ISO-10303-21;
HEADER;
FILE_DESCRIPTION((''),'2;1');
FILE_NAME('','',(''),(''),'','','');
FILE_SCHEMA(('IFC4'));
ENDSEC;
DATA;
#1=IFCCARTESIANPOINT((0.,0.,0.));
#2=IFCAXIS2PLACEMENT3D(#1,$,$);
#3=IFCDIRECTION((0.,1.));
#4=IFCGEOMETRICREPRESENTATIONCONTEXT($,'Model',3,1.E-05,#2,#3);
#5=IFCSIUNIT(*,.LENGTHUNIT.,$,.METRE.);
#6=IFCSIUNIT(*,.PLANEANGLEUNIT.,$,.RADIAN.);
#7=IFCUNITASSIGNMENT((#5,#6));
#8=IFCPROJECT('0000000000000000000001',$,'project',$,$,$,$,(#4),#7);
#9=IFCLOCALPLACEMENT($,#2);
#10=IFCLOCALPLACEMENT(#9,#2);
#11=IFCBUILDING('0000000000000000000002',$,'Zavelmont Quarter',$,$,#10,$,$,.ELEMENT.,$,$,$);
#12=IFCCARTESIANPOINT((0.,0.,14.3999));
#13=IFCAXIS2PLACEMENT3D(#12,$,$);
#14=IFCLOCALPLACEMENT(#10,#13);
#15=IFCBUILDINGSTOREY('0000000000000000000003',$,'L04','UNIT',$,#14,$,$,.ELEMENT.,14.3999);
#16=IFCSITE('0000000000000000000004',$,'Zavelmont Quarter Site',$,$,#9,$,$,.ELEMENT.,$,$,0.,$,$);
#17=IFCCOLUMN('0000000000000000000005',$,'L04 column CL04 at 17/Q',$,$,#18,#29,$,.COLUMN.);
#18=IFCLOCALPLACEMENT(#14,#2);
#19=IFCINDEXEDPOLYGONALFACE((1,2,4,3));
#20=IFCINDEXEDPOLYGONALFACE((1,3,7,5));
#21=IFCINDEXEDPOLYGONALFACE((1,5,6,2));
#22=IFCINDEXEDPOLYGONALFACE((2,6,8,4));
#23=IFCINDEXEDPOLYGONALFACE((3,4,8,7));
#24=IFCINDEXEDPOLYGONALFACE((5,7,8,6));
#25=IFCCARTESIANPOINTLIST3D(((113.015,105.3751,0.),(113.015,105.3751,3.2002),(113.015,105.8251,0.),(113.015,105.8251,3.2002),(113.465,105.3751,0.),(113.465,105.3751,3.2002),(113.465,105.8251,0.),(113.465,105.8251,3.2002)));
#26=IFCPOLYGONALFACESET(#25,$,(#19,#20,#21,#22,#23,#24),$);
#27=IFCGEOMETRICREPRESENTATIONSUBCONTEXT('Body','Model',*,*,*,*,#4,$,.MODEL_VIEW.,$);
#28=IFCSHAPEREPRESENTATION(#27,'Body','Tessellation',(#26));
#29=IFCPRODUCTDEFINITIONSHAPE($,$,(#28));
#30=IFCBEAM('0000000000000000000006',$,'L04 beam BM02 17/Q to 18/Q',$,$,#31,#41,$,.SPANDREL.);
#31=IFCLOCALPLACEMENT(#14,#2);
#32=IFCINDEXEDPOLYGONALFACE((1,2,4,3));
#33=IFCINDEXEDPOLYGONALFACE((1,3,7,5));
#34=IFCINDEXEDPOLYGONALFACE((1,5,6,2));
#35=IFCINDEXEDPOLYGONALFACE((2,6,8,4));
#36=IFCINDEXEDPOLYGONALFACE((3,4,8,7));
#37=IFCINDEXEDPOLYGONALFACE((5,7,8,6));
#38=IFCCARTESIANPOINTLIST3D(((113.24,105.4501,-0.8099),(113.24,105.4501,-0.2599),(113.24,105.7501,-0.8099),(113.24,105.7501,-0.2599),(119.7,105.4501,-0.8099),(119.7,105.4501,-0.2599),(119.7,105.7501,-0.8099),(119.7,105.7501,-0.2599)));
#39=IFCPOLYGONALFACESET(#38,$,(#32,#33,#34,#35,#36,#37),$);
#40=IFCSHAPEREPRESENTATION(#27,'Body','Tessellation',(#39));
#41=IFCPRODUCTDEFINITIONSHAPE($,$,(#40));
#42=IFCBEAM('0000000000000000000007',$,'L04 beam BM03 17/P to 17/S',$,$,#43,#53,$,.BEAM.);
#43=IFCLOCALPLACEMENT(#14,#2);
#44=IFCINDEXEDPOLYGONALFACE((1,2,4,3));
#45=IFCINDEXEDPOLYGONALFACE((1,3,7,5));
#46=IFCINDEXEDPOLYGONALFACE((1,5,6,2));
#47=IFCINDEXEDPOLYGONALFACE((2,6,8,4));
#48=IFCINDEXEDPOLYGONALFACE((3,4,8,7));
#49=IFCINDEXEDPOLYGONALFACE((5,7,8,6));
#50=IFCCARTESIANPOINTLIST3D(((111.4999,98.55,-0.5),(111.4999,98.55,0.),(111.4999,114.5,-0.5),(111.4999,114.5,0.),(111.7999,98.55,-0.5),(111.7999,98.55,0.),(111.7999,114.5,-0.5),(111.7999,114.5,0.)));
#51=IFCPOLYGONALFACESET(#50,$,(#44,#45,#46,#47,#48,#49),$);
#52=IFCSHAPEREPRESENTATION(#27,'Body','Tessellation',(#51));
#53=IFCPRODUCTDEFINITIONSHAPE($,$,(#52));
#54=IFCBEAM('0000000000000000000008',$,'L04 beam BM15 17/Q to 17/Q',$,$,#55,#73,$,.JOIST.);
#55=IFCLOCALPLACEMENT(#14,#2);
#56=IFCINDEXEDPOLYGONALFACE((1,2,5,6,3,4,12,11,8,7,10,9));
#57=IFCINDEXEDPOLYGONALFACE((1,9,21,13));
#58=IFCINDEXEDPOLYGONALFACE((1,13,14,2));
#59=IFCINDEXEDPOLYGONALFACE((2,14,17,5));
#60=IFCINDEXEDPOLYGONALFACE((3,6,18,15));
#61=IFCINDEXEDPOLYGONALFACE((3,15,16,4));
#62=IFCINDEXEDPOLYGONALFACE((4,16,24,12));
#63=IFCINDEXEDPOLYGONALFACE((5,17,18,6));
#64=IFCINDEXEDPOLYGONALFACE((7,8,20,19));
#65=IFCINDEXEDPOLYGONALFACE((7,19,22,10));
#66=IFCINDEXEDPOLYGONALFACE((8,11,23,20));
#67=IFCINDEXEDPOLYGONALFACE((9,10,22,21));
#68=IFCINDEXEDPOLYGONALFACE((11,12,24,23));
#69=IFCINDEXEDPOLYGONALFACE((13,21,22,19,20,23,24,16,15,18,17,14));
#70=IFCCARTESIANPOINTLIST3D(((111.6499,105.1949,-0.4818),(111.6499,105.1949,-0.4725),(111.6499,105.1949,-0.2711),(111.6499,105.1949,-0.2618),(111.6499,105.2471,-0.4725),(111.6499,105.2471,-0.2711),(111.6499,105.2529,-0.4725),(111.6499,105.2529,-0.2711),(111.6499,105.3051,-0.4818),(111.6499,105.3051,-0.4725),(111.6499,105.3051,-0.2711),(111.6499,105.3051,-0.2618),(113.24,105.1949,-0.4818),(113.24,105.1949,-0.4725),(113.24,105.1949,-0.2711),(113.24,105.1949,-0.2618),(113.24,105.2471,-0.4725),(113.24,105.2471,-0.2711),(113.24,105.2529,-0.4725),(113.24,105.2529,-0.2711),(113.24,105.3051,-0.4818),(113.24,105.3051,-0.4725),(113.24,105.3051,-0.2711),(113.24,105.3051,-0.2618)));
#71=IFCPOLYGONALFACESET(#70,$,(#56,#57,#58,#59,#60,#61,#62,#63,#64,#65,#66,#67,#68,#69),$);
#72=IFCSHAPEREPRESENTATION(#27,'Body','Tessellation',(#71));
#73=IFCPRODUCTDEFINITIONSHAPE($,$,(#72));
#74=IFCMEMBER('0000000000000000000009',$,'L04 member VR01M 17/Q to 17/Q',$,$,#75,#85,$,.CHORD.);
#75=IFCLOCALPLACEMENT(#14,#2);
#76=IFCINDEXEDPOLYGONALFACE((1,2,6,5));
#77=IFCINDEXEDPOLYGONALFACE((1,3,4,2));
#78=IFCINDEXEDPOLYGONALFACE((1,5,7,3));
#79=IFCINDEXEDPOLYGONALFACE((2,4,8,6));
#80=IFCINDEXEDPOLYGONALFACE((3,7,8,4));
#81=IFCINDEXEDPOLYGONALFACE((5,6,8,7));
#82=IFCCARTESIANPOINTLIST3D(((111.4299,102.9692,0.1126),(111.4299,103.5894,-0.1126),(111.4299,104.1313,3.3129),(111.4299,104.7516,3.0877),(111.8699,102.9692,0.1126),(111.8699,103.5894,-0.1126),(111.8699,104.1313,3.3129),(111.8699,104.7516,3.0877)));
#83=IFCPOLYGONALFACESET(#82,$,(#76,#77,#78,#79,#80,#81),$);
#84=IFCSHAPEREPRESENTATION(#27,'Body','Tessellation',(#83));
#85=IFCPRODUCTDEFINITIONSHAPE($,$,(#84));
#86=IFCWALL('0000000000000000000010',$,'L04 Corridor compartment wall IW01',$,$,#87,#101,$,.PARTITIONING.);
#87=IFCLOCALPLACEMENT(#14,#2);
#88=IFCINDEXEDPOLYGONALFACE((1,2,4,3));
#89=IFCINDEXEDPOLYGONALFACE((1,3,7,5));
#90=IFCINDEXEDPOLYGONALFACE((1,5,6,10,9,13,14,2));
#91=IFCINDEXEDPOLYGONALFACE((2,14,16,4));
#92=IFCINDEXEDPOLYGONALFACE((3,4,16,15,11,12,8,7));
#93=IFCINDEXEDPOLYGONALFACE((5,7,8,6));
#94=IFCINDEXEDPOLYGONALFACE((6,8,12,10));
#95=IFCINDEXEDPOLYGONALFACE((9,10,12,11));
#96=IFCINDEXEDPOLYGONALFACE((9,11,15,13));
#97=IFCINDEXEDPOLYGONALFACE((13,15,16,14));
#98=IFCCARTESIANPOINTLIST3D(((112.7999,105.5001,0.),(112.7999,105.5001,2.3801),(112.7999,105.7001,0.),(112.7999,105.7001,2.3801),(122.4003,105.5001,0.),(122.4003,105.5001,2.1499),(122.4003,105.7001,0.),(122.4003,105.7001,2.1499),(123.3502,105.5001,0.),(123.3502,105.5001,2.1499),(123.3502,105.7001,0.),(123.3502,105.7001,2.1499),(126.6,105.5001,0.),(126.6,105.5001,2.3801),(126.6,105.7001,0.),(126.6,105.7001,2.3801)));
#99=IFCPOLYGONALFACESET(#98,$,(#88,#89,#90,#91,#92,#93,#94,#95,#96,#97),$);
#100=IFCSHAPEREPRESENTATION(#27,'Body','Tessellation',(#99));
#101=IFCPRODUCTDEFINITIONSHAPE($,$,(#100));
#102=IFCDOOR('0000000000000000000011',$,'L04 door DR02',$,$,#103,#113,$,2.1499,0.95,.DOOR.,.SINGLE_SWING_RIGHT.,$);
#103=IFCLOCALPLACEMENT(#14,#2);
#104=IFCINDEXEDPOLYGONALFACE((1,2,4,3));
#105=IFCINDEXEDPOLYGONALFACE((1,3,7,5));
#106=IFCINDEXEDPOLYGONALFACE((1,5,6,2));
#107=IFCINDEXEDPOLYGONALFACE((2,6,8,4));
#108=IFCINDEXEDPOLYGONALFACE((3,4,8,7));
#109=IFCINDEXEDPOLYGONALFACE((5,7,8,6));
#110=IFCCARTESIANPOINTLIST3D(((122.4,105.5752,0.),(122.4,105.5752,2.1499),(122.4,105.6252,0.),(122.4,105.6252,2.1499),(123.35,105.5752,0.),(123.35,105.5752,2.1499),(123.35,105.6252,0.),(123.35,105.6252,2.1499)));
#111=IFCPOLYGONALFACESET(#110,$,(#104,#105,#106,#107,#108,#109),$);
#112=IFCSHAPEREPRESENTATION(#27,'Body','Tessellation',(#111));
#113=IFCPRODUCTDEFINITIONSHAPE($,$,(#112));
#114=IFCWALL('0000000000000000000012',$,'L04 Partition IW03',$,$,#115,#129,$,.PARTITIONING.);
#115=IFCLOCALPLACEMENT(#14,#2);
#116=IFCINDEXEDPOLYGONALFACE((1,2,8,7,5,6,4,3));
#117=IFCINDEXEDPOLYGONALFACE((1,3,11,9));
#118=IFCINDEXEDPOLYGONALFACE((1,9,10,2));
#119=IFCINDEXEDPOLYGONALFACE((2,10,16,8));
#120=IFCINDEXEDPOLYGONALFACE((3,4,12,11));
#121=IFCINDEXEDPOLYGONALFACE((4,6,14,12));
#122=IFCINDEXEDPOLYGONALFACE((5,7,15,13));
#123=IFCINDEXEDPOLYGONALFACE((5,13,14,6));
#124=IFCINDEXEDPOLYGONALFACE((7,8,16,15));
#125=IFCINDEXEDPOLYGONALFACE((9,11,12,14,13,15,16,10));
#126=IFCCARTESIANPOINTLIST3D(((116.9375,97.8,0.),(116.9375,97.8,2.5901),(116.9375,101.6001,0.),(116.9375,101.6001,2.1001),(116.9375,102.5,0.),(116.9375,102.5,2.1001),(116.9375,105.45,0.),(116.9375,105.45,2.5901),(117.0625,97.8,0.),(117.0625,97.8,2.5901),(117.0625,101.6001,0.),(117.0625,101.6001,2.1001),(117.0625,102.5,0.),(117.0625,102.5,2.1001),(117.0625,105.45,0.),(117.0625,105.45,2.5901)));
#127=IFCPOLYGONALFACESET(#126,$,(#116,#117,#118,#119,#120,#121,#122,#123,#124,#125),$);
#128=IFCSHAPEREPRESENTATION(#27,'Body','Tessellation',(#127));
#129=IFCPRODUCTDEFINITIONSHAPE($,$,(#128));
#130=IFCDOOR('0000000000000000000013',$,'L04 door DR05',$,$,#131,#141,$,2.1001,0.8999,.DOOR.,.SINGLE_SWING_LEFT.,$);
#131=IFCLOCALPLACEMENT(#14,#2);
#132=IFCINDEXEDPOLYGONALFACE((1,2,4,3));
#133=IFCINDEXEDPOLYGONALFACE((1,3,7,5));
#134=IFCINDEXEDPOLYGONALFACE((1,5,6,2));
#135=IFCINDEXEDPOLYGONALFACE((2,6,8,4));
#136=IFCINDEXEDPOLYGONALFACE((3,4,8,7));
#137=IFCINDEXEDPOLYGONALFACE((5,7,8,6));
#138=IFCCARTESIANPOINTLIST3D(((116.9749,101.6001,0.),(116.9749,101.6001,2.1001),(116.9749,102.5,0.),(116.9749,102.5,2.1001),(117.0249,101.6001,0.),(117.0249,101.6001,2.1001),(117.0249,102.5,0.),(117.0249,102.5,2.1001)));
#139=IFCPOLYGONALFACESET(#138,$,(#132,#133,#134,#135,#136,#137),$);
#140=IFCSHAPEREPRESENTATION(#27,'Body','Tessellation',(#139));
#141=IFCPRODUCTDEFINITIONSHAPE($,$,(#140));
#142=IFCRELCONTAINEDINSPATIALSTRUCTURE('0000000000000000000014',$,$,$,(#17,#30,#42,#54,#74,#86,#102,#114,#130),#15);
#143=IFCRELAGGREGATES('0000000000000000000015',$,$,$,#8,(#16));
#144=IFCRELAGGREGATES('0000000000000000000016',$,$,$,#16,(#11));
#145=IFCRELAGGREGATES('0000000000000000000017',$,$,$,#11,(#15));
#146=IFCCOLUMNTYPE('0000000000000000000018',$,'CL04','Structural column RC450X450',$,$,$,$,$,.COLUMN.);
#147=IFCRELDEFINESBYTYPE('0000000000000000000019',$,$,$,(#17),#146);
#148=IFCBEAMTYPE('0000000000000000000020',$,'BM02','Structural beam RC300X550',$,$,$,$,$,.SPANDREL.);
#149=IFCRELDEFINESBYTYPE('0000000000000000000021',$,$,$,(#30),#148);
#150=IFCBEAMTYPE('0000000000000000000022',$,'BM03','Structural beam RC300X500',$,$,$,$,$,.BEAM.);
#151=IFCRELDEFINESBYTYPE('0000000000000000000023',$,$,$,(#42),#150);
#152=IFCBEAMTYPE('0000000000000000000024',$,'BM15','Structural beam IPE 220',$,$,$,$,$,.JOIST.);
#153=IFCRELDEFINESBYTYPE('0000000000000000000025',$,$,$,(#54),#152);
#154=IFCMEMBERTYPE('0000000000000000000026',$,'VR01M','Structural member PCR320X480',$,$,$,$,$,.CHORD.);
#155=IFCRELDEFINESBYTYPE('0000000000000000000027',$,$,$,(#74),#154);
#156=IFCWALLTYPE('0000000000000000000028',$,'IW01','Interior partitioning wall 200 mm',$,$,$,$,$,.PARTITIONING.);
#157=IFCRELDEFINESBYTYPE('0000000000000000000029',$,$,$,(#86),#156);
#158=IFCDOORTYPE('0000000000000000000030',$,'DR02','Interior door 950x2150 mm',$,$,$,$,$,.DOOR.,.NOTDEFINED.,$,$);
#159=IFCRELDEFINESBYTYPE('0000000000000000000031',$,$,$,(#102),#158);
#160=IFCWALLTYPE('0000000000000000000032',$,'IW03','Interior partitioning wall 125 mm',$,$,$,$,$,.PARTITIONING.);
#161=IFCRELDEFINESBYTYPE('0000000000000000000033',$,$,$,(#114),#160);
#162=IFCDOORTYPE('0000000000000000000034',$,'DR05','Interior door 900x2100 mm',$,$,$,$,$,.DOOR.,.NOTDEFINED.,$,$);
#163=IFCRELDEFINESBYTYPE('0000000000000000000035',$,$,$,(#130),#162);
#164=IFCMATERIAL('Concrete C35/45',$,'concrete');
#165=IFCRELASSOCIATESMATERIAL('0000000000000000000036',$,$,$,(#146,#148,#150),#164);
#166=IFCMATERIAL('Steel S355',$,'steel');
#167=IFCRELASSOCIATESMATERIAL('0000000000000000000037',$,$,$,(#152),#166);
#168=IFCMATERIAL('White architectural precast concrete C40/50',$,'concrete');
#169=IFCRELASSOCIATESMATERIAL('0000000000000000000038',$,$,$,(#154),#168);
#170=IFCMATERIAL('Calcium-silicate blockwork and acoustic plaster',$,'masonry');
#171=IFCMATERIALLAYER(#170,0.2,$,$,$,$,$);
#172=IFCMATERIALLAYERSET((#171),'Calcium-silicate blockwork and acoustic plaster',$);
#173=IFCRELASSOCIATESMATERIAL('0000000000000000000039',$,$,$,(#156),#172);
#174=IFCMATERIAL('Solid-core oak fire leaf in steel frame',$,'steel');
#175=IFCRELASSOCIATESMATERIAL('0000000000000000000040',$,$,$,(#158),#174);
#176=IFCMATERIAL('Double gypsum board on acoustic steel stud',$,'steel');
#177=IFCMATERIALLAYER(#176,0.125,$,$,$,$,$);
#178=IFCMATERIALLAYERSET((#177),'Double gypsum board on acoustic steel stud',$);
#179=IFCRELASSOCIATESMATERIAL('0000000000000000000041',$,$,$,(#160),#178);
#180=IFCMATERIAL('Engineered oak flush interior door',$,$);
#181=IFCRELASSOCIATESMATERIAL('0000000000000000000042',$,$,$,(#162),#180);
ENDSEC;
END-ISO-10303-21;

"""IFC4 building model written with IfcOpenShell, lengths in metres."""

from ifc_helpers import new_model, si_unit, direction, frame, frame_2d, origin, origin_with_axes, origin_2d, place, context, subcontext, project, spatial, rectangle, i_section, extrude, material, layer, layer_set, material_profile, profile_set, type_object, element, fill, save


model = new_model("IFC4")

# Units and contexts
model_context = context("Model", 3, precision=1e-05, world=origin(), true_north=direction((0.0, 1.0)))
body_context = subcontext(model_context, "Body", "Model", "MODEL_VIEW")
ifc_project = project(units=[si_unit("LENGTHUNIT", "METRE"), si_unit("PLANEANGLEUNIT", "RADIAN")], contexts=[model_context])

# Site, building, storey
site_placement = place(None, origin())
site = spatial("IfcSite", under=ifc_project, at=site_placement, Name="Zavelmont Quarter Site", CompositionType="ELEMENT", RefElevation=0.0)
building_placement = place(site_placement, origin())
building = spatial("IfcBuilding", under=site, at=building_placement, Name="Zavelmont Quarter", CompositionType="ELEMENT")
storey_placement = place(building_placement, frame((0.0, 0.0, 14.3999)))
storey = spatial("IfcBuildingStorey", under=building, at=storey_placement, Name="L04", Description="UNIT", CompositionType="ELEMENT", Elevation=14.3999)

# Column
ifc_material_1 = material(Name="Concrete C35/45", Category="concrete")
ifc_material_profile_1 = material_profile(ifc_material_1, rectangle(XDim=0.45, YDim=0.45, at=origin_2d()), Name="RC450X450")
ifc_profile_set_1 = profile_set([ifc_material_profile_1], Name="Concrete C35/45")
column_type = type_object("IfcColumnType", Name="CL04", Description="Structural column RC450X450", PredefinedType="COLUMN", material=ifc_profile_set_1)
column_placement = place(storey_placement, frame((113.24, 105.6001, 0.0), z_axis=(0.0, 0.0, 1.0), x_axis=(1.0, 0.0, 0.0)))
element("IfcColumn", 1, at=column_placement, inside=storey, type_object=column_type, Name="L04 column CL04 at 17/Q", PredefinedType="COLUMN", context=body_context, shape_type="SweptSolid", body=[
    extrude(rectangle(XDim=0.45, YDim=0.45, at=origin_2d()), origin(), (0.0, 0.0, 1.0), 3.2002),
])

# Beams
ifc_material_profile_2 = material_profile(ifc_material_1, rectangle(XDim=0.3, YDim=0.55, at=origin_2d()), Name="RC300X550")
ifc_profile_set_2 = profile_set([ifc_material_profile_2], Name="Concrete C35/45")
beam_type_1 = type_object("IfcBeamType", Name="BM02", Description="Structural beam RC300X550", PredefinedType="SPANDREL", material=ifc_profile_set_2)
beam_1_placement = place(storey_placement, frame((113.24, 105.6001, -0.5349), z_axis=(1.0, 0.0, 0.0), x_axis=(0.0, 1.0, 0.0)))
element("IfcBeam", 2, at=beam_1_placement, inside=storey, type_object=beam_type_1, Name="L04 beam BM02 17/Q to 18/Q", PredefinedType="SPANDREL", context=body_context, shape_type="SweptSolid", body=[
    extrude(rectangle(XDim=0.3, YDim=0.55, at=origin_2d()), origin(), (0.0, 0.0, 1.0), 6.46),
])
ifc_material_profile_3 = material_profile(ifc_material_1, rectangle(XDim=0.3, YDim=0.5, at=origin_2d()), Name="RC300X500")
ifc_profile_set_3 = profile_set([ifc_material_profile_3], Name="Concrete C35/45")
beam_type_2 = type_object("IfcBeamType", Name="BM03", Description="Structural beam RC300X500", PredefinedType="BEAM", material=ifc_profile_set_3)
beam_2_placement = place(storey_placement, frame((111.6499, 98.55, -0.25), z_axis=(0.0, 1.0, 0.0), x_axis=(-1.0, 0.0, 0.0)))
element("IfcBeam", 3, at=beam_2_placement, inside=storey, type_object=beam_type_2, Name="L04 beam BM03 17/P to 17/S", PredefinedType="BEAM", context=body_context, shape_type="SweptSolid", body=[
    extrude(rectangle(XDim=0.3, YDim=0.5, at=origin_2d()), origin(), (0.0, 0.0, 1.0), 15.95),
])
ifc_material_2 = material(Name="Steel S355", Category="steel")
ifc_material_profile_4 = material_profile(ifc_material_2, i_section(OverallWidth=0.1101, OverallDepth=0.22, WebThickness=0.0059, FlangeThickness=0.0093, at=origin_2d()), Name="IPE 220")
ifc_profile_set_4 = profile_set([ifc_material_profile_4], Name="Steel S355")
beam_type_3 = type_object("IfcBeamType", Name="BM15", Description="Structural beam IPE 220", PredefinedType="JOIST", material=ifc_profile_set_4)
beam_3_placement = place(storey_placement, frame((113.24, 105.25, -0.3718), z_axis=(-1.0, 0.0, 0.0), x_axis=(0.0, -1.0, 0.0)))
element("IfcBeam", 4, at=beam_3_placement, inside=storey, type_object=beam_type_3, Name="L04 beam BM15 17/Q to 17/Q", PredefinedType="JOIST", context=body_context, shape_type="SweptSolid", body=[
    extrude(i_section(OverallWidth=0.1101, OverallDepth=0.22, WebThickness=0.0059, FlangeThickness=0.0093, at=origin_2d()), origin(), (0.0, 0.0, 1.0), 1.5901),
])

# Member
ifc_material_3 = material(Name="White architectural precast concrete C40/50", Category="concrete")
ifc_material_profile_5 = material_profile(ifc_material_3, rectangle(XDim=0.4399, YDim=0.6599, at=origin_2d()), Name="PCR320X480")
ifc_profile_set_5 = profile_set([ifc_material_profile_5], Name="White architectural precast concrete C40/50")
member_type = type_object("IfcMemberType", Name="VR01M", Description="Structural member PCR320X480", PredefinedType="CHORD", material=ifc_profile_set_5)
member_placement = place(storey_placement, frame((111.6499, 103.2793, 0.0), z_axis=(0.0, 0.341328, 0.939944), x_axis=(-1.0, 0.0, 0.0)))
element("IfcMember", 5, at=member_placement, inside=storey, type_object=member_type, Name="L04 member VR01M 17/Q to 17/Q", PredefinedType="CHORD", context=body_context, shape_type="SweptSolid", body=[
    extrude(rectangle(XDim=0.4399, YDim=0.6599, at=origin_2d()), origin(), (0.0, 0.0, 1.0), 3.4048),
])

# Walls, openings, doors
ifc_material_4 = material(Name="Calcium-silicate blockwork and acoustic plaster", Category="masonry")
ifc_layer_1 = layer(ifc_material_4, 0.2)
ifc_layer_set_1 = layer_set([ifc_layer_1], Name="Calcium-silicate blockwork and acoustic plaster")
wall_type_1 = type_object("IfcWallType", Name="IW01", Description="Interior partitioning wall 200 mm", PredefinedType="PARTITIONING", material=ifc_layer_set_1)
wall_1_placement = place(storey_placement, frame((112.8, 105.6001, 0.0), z_axis=(0.0, 0.0, 1.0), x_axis=(1.0, 0.0, 0.0)))
wall_1 = element("IfcWall", 6, at=wall_1_placement, inside=storey, type_object=wall_type_1, Name="L04 Corridor compartment wall IW01", PredefinedType="PARTITIONING", context=body_context, shape_type="SweptSolid", body=[
    extrude(rectangle(XDim=13.8, YDim=0.2, at=frame_2d((6.8999, 0.0))), origin(), (0.0, 0.0, 1.0), 2.3801),
])
opening_1_placement = place(wall_1_placement, frame((9.6001, 0.0, 0.0)))
opening_1 = element("IfcOpeningElement", 7, at=opening_1_placement, cuts=wall_1, PredefinedType="OPENING", context=body_context, shape_type="SweptSolid", body=[
    extrude(rectangle(XDim=0.95, YDim=2.1499, at=frame_2d((0.4751, 1.075))), frame((0.0, 0.1118, 0.0), z_axis=(0.0, -1.0, 0.0), x_axis=(1.0, 0.0, 0.0)), (0.0, 0.0, 1.0), 0.2239),
])
ifc_material_5 = material(Name="Solid-core oak fire leaf in steel frame", Category="steel")
door_type_1 = type_object("IfcDoorType", Name="DR02", Description="Interior door 950x2150 mm", OperationType="NOTDEFINED", PredefinedType="DOOR", material=ifc_material_5)
door_1_placement = place(opening_1_placement, frame((0.95, 0.0, 0.0), z_axis=(0.0, 0.0, 1.0), x_axis=(-1.0, 0.0, 0.0)))
door_1 = element("IfcDoor", 8, at=door_1_placement, inside=storey, type_object=door_type_1, Name="L04 door DR02", OperationType="SINGLE_SWING_RIGHT", OverallHeight=2.1499, OverallWidth=0.95, PredefinedType="DOOR", context=body_context, shape_type="SweptSolid", body=[
    extrude(rectangle(XDim=0.95, YDim=2.1499, at=frame_2d((0.4751, 1.075))), frame((0.0, 0.0249, 0.0), z_axis=(0.0, -1.0, 0.0), x_axis=(1.0, 0.0, 0.0)), (0.0, 0.0, 1.0), 0.05),
])
fill(opening_1, door_1)
ifc_material_6 = material(Name="Double gypsum board on acoustic steel stud", Category="steel")
ifc_layer_2 = layer(ifc_material_6, 0.125)
ifc_layer_set_2 = layer_set([ifc_layer_2], Name="Double gypsum board on acoustic steel stud")
wall_type_2 = type_object("IfcWallType", Name="IW03", Description="Interior partitioning wall 125 mm", PredefinedType="PARTITIONING", material=ifc_layer_set_2)
wall_2_placement = place(storey_placement, frame((117.0, 105.45, 0.0), z_axis=(0.0, 0.0, 1.0), x_axis=(0.0, -1.0, 0.0)))
wall_2 = element("IfcWall", 9, at=wall_2_placement, inside=storey, type_object=wall_type_2, Name="L04 Partition IW03", PredefinedType="PARTITIONING", context=body_context, shape_type="SweptSolid", body=[
    extrude(rectangle(XDim=7.6499, YDim=0.125, at=frame_2d((3.825, 0.0))), origin(), (0.0, 0.0, 1.0), 2.5901),
])
opening_2_placement = place(wall_2_placement, frame((2.95, 0.0, 0.0)))
opening_2 = element("IfcOpeningElement", 10, at=opening_2_placement, cuts=wall_2, PredefinedType="OPENING", context=body_context, shape_type="SweptSolid", body=[
    extrude(rectangle(XDim=0.8999, YDim=2.1001, at=frame_2d((0.45, 1.05))), frame((0.0, 0.0745, 0.0), z_axis=(0.0, -1.0, 0.0), x_axis=(1.0, 0.0, 0.0)), (0.0, 0.0, 1.0), 0.1489),
])
ifc_material_7 = material(Name="Engineered oak flush interior door")
door_type_2 = type_object("IfcDoorType", Name="DR05", Description="Interior door 900x2100 mm", OperationType="NOTDEFINED", PredefinedType="DOOR", material=ifc_material_7)
door_2_placement = place(opening_2_placement, origin_with_axes())
door_2 = element("IfcDoor", 11, at=door_2_placement, inside=storey, type_object=door_type_2, Name="L04 door DR05", OperationType="SINGLE_SWING_LEFT", OverallHeight=2.1001, OverallWidth=0.8999, PredefinedType="DOOR", context=body_context, shape_type="SweptSolid", body=[
    extrude(rectangle(XDim=0.8999, YDim=2.1001, at=frame_2d((0.45, 1.05))), frame((0.0, 0.0249, 0.0), z_axis=(0.0, -1.0, 0.0), x_axis=(1.0, 0.0, 0.0)), (0.0, 0.0, 1.0), 0.05),
])
fill(opening_2, door_2)

save(model, "model.ifc")
